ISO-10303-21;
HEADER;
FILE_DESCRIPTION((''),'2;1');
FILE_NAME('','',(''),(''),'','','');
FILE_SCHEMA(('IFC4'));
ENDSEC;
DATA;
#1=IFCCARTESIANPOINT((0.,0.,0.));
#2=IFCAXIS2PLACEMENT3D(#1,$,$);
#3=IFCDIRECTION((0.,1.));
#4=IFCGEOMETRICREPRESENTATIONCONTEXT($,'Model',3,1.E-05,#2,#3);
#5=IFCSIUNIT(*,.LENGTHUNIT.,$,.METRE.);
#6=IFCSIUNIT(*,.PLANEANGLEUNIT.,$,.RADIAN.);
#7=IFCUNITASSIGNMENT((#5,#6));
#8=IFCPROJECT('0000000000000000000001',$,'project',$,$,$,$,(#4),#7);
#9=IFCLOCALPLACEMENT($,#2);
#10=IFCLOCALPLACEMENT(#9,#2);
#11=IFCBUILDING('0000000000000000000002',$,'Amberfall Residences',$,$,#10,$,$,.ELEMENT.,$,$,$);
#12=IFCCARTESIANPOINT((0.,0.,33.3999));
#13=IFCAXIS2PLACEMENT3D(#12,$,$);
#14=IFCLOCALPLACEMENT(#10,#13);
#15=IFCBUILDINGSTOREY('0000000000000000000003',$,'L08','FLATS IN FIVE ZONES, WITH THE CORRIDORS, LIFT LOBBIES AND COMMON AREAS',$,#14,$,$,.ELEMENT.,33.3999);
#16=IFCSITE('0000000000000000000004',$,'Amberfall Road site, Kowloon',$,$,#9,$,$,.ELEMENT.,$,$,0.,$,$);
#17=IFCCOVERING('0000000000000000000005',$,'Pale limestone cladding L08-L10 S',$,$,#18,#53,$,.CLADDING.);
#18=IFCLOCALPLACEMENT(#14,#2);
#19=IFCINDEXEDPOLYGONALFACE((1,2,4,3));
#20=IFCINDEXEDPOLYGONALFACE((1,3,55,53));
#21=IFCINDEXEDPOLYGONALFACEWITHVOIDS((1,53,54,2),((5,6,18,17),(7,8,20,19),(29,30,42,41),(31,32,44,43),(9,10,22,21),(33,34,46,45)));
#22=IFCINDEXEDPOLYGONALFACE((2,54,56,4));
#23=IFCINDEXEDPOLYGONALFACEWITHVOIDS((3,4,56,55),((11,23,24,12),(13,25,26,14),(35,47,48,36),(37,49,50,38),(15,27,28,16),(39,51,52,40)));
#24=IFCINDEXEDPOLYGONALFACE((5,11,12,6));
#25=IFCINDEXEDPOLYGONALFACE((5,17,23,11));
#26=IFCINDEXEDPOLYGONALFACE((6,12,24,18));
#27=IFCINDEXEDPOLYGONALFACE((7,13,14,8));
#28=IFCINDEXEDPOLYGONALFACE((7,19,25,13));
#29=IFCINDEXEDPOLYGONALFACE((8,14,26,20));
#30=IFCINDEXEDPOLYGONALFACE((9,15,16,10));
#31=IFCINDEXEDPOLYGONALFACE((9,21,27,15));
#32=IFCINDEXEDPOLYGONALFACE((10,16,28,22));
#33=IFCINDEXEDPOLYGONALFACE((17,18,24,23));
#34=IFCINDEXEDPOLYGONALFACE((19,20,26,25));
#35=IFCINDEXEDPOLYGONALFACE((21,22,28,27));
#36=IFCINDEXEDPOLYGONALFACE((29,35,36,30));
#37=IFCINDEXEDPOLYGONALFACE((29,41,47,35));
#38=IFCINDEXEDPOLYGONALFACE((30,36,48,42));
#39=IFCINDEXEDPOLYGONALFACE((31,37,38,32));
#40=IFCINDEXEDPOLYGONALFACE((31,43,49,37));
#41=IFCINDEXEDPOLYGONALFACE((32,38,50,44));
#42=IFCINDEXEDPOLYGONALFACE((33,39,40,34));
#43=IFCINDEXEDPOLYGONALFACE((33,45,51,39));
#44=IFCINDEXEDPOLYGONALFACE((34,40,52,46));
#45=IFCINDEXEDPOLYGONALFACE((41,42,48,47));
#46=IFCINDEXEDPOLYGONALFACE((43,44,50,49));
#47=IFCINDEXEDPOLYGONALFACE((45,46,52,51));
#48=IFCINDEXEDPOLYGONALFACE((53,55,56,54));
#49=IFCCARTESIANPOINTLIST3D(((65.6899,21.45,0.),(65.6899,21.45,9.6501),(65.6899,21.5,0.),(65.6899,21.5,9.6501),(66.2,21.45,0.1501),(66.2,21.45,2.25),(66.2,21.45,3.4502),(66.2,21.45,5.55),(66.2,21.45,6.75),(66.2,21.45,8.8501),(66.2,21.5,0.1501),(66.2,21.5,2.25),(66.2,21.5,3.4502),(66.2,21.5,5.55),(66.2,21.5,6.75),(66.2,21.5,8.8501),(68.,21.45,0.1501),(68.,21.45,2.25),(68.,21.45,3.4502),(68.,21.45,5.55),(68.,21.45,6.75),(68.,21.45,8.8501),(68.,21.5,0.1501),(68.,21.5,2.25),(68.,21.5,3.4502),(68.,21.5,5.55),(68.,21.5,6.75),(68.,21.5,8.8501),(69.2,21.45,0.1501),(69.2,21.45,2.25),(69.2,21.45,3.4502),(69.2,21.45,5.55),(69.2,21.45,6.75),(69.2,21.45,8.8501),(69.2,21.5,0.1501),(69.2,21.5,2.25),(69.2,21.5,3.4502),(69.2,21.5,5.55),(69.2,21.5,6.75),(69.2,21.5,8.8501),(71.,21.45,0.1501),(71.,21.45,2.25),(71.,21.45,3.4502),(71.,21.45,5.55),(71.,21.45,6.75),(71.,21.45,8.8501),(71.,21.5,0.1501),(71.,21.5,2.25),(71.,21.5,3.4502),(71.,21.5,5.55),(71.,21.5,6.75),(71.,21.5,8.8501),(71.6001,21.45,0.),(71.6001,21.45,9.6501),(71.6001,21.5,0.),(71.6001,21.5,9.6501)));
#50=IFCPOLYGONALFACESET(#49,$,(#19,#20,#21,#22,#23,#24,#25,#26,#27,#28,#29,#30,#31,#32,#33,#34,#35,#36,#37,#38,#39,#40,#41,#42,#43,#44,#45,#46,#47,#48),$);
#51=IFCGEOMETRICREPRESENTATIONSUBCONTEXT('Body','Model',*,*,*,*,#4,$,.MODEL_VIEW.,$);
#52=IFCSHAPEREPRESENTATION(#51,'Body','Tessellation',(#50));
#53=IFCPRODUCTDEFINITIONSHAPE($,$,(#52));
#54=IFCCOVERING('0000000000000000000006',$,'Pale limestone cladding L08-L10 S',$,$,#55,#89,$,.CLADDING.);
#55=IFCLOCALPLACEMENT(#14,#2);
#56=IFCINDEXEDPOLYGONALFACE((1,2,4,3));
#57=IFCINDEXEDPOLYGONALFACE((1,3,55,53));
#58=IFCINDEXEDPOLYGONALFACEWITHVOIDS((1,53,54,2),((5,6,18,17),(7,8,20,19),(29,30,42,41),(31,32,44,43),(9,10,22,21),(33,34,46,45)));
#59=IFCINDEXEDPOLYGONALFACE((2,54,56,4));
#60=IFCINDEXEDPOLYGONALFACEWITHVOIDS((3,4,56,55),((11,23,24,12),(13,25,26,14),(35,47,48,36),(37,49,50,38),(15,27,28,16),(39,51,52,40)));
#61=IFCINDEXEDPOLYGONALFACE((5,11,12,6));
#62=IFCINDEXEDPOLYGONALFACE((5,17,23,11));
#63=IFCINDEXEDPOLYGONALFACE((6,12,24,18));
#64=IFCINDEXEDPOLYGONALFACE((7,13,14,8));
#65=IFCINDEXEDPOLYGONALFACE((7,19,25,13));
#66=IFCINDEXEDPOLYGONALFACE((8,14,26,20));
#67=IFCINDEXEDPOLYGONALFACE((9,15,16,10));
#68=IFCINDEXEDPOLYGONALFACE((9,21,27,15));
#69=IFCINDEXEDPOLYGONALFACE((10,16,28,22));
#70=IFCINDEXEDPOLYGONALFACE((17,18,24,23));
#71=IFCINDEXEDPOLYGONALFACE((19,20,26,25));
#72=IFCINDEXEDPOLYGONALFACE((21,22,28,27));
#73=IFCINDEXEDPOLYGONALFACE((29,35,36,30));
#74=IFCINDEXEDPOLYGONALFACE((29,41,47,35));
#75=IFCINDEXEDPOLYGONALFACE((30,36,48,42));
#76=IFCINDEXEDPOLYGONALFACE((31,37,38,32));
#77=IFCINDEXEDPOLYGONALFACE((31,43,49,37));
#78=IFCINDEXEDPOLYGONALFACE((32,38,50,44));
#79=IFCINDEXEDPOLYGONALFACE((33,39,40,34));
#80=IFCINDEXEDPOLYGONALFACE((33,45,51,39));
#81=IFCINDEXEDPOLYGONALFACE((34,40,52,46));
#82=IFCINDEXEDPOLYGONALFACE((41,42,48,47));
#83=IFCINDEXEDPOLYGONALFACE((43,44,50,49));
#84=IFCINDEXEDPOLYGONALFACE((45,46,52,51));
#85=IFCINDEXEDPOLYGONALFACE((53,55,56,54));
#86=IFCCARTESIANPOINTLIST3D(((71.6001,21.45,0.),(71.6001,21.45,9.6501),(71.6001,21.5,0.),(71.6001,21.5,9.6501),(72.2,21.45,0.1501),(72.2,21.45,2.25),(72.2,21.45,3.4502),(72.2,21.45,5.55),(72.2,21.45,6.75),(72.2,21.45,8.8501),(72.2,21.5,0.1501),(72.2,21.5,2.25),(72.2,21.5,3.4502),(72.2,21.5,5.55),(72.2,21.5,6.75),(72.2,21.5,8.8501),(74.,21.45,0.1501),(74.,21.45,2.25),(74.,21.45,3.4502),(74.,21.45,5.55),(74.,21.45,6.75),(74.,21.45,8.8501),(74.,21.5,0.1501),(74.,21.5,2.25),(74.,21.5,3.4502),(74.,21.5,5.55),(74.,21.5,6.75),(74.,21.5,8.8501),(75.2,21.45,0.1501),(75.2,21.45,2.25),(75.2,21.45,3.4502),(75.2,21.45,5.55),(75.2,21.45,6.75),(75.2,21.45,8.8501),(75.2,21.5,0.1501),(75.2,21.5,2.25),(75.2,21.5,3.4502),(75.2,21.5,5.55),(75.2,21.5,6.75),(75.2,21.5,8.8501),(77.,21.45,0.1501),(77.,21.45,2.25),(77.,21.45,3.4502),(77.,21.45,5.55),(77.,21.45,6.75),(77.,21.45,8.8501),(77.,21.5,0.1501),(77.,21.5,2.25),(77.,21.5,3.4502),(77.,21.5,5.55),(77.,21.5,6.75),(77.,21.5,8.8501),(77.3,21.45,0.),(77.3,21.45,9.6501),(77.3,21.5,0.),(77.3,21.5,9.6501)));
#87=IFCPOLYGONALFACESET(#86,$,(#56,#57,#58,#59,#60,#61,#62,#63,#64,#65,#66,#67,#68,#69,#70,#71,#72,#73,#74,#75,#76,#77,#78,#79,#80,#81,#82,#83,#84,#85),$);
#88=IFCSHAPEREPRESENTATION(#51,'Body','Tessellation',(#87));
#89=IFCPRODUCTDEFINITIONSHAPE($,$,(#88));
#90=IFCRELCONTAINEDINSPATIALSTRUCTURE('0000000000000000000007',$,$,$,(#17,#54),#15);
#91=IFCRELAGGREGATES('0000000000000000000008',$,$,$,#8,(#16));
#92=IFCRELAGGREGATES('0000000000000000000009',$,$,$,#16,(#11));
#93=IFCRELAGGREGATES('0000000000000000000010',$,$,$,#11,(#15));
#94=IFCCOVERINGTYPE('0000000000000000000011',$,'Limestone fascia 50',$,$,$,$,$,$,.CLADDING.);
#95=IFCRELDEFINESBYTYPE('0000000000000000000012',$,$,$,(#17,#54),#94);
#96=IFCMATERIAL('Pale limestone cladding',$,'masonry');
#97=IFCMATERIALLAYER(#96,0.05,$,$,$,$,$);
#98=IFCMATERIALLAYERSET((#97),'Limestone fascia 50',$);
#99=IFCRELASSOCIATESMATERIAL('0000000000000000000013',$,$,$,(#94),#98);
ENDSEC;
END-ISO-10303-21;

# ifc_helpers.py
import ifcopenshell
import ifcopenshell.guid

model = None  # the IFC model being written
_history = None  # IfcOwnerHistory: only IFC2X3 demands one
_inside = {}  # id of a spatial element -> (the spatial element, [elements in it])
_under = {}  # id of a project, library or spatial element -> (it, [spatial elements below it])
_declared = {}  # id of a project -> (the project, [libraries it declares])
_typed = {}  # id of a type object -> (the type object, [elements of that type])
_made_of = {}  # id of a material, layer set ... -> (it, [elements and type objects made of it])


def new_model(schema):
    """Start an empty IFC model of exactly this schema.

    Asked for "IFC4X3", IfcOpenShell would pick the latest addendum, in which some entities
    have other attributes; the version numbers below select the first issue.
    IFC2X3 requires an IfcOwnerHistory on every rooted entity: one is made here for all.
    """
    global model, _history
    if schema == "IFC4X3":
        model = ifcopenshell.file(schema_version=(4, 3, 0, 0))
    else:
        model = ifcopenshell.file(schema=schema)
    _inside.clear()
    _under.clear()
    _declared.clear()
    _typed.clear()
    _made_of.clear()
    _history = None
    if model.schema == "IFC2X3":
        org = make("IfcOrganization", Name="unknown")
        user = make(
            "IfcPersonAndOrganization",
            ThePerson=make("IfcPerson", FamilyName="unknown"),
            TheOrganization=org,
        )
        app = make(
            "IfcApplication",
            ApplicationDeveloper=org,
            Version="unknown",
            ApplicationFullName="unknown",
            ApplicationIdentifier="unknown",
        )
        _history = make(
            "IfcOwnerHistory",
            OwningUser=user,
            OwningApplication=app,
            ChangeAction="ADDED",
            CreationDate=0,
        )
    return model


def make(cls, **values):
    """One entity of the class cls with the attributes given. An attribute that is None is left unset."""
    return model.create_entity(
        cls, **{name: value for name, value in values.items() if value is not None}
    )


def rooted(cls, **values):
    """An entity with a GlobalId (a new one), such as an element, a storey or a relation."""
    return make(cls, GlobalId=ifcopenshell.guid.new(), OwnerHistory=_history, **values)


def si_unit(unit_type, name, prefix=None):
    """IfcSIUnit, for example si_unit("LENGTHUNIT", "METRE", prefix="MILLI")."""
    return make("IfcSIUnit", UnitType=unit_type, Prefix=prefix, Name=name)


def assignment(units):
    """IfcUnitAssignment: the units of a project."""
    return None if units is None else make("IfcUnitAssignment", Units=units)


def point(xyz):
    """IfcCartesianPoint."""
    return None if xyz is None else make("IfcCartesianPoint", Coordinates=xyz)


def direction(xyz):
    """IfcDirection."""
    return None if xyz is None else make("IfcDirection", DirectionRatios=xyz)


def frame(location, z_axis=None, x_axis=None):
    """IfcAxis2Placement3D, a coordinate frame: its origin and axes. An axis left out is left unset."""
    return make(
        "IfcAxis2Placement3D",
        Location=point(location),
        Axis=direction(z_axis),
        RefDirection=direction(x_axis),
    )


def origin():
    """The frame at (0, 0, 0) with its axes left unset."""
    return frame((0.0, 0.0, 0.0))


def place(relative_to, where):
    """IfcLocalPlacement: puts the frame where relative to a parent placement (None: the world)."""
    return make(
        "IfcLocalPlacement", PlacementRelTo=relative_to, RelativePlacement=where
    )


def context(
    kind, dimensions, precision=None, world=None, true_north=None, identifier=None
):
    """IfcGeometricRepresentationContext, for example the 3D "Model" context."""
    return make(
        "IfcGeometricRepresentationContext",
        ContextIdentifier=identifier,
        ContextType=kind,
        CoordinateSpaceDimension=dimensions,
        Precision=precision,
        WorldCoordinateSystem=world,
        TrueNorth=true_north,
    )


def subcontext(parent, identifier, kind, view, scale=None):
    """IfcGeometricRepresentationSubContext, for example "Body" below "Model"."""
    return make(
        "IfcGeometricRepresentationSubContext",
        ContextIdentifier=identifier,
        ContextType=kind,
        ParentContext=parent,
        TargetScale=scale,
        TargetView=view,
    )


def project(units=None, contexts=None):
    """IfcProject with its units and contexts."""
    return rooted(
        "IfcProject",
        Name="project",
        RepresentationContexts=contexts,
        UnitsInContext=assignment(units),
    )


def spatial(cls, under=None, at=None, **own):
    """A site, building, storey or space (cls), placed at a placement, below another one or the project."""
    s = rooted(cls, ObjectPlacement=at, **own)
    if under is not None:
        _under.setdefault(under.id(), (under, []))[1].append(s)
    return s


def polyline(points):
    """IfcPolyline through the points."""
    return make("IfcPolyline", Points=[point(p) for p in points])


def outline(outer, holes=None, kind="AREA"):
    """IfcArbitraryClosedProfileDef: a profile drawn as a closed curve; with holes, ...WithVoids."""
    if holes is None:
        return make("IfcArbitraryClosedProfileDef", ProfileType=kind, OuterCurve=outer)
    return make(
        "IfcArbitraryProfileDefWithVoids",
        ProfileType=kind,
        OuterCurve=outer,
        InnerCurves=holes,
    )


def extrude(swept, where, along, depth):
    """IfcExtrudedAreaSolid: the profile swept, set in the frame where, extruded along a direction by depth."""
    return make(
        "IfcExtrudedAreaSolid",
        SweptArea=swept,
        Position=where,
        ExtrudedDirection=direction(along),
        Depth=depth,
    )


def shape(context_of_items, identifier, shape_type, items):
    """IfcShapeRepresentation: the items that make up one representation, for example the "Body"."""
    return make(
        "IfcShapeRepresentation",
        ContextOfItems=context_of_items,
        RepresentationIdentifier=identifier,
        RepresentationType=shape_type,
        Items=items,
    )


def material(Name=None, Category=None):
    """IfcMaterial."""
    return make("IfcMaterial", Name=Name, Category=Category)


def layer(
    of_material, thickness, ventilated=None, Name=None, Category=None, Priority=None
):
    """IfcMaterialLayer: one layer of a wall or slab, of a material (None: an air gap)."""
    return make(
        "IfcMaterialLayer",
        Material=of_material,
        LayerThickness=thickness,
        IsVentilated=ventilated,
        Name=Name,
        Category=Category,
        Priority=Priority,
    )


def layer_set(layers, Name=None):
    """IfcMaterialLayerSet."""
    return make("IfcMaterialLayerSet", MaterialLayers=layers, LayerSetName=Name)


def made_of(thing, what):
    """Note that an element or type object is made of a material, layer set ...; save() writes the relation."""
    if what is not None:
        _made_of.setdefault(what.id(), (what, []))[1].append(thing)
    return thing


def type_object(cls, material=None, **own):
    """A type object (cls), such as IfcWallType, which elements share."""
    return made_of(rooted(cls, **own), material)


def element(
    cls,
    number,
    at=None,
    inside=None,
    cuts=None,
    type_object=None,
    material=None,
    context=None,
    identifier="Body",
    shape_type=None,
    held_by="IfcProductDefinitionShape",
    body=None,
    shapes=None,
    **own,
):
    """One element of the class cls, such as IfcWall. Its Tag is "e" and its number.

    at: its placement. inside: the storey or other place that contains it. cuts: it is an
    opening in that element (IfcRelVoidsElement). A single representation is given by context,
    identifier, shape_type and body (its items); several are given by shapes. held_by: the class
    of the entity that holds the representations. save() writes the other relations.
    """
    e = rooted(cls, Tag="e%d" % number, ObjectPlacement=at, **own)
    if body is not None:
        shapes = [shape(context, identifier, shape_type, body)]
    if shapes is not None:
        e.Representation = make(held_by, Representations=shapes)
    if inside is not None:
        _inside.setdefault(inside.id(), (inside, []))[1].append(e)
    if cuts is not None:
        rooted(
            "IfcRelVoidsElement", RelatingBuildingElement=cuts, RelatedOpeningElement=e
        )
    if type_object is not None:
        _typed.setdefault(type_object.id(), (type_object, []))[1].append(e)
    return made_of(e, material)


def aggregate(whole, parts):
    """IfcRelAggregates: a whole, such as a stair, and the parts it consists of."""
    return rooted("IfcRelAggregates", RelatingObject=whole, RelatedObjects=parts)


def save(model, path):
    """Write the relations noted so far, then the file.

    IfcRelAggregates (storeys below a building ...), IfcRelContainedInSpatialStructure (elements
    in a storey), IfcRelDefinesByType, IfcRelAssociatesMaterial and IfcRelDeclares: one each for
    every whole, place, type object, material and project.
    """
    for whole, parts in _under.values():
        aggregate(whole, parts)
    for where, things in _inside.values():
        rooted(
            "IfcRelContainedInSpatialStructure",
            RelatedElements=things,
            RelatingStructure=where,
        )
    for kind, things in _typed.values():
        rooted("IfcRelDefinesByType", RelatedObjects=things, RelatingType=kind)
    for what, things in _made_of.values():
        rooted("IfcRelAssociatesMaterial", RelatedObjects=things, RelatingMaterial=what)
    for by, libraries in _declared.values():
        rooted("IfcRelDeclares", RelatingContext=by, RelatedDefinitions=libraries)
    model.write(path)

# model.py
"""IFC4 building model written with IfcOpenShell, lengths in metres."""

from ifc_helpers import new_model, si_unit, direction, frame, origin, place, context, subcontext, project, spatial, polyline, outline, extrude, material, layer, layer_set, type_object, element, save


model = new_model("IFC4")

# Units and contexts
model_context = context("Model", 3, precision=1e-05, world=origin(), true_north=direction((0.0, 1.0)))
body_context = subcontext(model_context, "Body", "Model", "MODEL_VIEW")
ifc_project = project(units=[si_unit("LENGTHUNIT", "METRE"), si_unit("PLANEANGLEUNIT", "RADIAN")], contexts=[model_context])

# Site, building, storey
site_placement = place(None, origin())
site = spatial("IfcSite", under=ifc_project, at=site_placement, Name="Amberfall Road site, Kowloon", CompositionType="ELEMENT", RefElevation=0.0)
building_placement = place(site_placement, origin())
building = spatial("IfcBuilding", under=site, at=building_placement, Name="Amberfall Residences", CompositionType="ELEMENT")
storey_placement = place(building_placement, frame((0.0, 0.0, 33.3999)))
storey = spatial("IfcBuildingStorey", under=building, at=storey_placement, Name="L08", Description="FLATS IN FIVE ZONES, WITH THE CORRIDORS, LIFT LOBBIES AND COMMON AREAS", CompositionType="ELEMENT", Elevation=33.3999)

# Coverings
ifc_material_1 = material(Name="Pale limestone cladding", Category="masonry")
ifc_layer_1 = layer(ifc_material_1, 0.05)
ifc_layer_set_1 = layer_set([ifc_layer_1], Name="Limestone fascia 50")
covering_type = type_object("IfcCoveringType", Name="Limestone fascia 50", PredefinedType="CLADDING", material=ifc_layer_set_1)
covering_1_placement = place(storey_placement, frame((65.6899, 21.5, 9.6501), z_axis=(0.0, 1.0, 0.0), x_axis=(1.0, 0.0, 0.0)))
element("IfcCovering", 1, at=covering_1_placement, inside=storey, type_object=covering_type, Name="Pale limestone cladding L08-L10 S", PredefinedType="CLADDING", context=body_context, shape_type="SweptSolid", body=[
    extrude(outline(polyline([(0.0, 0.0), (5.9102, 0.0), (5.9102, 9.6501), (0.0, 9.6501), (0.0, 0.0)]), holes=[polyline([(0.51, 7.4001), (2.3101, 7.4001), (2.3101, 9.5), (0.51, 9.5), (0.51, 7.4001)]), polyline([(3.51, 7.4001), (5.3101, 7.4001), (5.3101, 9.5), (3.51, 9.5), (3.51, 7.4001)]), polyline([(0.51, 4.1001), (2.3101, 4.1001), (2.3101, 6.2), (0.51, 6.2), (0.51, 4.1001)]), polyline([(3.51, 4.1001), (5.3101, 4.1001), (5.3101, 6.2), (3.51, 6.2), (3.51, 4.1001)]), polyline([(0.51, 0.8), (2.3101, 0.8), (2.3101, 2.9001), (0.51, 2.9001), (0.51, 0.8)]), polyline([(3.51, 0.8), (5.3101, 0.8), (5.3101, 2.9001), (3.51, 2.9001), (3.51, 0.8)])]), origin(), (0.0, 0.0, -1.0), 0.05),
])
covering_2_placement = place(storey_placement, frame((71.6001, 21.5, 9.6501), z_axis=(0.0, 1.0, 0.0), x_axis=(1.0, 0.0, 0.0)))
element("IfcCovering", 2, at=covering_2_placement, inside=storey, type_object=covering_type, Name="Pale limestone cladding L08-L10 S", PredefinedType="CLADDING", context=body_context, shape_type="SweptSolid", body=[
    extrude(outline(polyline([(0.0, 0.0), (5.7, 0.0), (5.7, 9.6501), (0.0, 9.6501), (0.0, 0.0)]), holes=[polyline([(0.5999, 7.4001), (2.3999, 7.4001), (2.3999, 9.5), (0.5999, 9.5), (0.5999, 7.4001)]), polyline([(3.5999, 7.4001), (5.3999, 7.4001), (5.3999, 9.5), (3.5999, 9.5), (3.5999, 7.4001)]), polyline([(0.5999, 4.1001), (2.3999, 4.1001), (2.3999, 6.2), (0.5999, 6.2), (0.5999, 4.1001)]), polyline([(3.5999, 4.1001), (5.3999, 4.1001), (5.3999, 6.2), (3.5999, 6.2), (3.5999, 4.1001)]), polyline([(0.5999, 0.8), (2.3999, 0.8), (2.3999, 2.9001), (0.5999, 2.9001), (0.5999, 0.8)]), polyline([(3.5999, 0.8), (5.3999, 0.8), (5.3999, 2.9001), (3.5999, 2.9001), (3.5999, 0.8)])]), origin(), (0.0, 0.0, -1.0), 0.05),
])

save(model, "model.ifc")
